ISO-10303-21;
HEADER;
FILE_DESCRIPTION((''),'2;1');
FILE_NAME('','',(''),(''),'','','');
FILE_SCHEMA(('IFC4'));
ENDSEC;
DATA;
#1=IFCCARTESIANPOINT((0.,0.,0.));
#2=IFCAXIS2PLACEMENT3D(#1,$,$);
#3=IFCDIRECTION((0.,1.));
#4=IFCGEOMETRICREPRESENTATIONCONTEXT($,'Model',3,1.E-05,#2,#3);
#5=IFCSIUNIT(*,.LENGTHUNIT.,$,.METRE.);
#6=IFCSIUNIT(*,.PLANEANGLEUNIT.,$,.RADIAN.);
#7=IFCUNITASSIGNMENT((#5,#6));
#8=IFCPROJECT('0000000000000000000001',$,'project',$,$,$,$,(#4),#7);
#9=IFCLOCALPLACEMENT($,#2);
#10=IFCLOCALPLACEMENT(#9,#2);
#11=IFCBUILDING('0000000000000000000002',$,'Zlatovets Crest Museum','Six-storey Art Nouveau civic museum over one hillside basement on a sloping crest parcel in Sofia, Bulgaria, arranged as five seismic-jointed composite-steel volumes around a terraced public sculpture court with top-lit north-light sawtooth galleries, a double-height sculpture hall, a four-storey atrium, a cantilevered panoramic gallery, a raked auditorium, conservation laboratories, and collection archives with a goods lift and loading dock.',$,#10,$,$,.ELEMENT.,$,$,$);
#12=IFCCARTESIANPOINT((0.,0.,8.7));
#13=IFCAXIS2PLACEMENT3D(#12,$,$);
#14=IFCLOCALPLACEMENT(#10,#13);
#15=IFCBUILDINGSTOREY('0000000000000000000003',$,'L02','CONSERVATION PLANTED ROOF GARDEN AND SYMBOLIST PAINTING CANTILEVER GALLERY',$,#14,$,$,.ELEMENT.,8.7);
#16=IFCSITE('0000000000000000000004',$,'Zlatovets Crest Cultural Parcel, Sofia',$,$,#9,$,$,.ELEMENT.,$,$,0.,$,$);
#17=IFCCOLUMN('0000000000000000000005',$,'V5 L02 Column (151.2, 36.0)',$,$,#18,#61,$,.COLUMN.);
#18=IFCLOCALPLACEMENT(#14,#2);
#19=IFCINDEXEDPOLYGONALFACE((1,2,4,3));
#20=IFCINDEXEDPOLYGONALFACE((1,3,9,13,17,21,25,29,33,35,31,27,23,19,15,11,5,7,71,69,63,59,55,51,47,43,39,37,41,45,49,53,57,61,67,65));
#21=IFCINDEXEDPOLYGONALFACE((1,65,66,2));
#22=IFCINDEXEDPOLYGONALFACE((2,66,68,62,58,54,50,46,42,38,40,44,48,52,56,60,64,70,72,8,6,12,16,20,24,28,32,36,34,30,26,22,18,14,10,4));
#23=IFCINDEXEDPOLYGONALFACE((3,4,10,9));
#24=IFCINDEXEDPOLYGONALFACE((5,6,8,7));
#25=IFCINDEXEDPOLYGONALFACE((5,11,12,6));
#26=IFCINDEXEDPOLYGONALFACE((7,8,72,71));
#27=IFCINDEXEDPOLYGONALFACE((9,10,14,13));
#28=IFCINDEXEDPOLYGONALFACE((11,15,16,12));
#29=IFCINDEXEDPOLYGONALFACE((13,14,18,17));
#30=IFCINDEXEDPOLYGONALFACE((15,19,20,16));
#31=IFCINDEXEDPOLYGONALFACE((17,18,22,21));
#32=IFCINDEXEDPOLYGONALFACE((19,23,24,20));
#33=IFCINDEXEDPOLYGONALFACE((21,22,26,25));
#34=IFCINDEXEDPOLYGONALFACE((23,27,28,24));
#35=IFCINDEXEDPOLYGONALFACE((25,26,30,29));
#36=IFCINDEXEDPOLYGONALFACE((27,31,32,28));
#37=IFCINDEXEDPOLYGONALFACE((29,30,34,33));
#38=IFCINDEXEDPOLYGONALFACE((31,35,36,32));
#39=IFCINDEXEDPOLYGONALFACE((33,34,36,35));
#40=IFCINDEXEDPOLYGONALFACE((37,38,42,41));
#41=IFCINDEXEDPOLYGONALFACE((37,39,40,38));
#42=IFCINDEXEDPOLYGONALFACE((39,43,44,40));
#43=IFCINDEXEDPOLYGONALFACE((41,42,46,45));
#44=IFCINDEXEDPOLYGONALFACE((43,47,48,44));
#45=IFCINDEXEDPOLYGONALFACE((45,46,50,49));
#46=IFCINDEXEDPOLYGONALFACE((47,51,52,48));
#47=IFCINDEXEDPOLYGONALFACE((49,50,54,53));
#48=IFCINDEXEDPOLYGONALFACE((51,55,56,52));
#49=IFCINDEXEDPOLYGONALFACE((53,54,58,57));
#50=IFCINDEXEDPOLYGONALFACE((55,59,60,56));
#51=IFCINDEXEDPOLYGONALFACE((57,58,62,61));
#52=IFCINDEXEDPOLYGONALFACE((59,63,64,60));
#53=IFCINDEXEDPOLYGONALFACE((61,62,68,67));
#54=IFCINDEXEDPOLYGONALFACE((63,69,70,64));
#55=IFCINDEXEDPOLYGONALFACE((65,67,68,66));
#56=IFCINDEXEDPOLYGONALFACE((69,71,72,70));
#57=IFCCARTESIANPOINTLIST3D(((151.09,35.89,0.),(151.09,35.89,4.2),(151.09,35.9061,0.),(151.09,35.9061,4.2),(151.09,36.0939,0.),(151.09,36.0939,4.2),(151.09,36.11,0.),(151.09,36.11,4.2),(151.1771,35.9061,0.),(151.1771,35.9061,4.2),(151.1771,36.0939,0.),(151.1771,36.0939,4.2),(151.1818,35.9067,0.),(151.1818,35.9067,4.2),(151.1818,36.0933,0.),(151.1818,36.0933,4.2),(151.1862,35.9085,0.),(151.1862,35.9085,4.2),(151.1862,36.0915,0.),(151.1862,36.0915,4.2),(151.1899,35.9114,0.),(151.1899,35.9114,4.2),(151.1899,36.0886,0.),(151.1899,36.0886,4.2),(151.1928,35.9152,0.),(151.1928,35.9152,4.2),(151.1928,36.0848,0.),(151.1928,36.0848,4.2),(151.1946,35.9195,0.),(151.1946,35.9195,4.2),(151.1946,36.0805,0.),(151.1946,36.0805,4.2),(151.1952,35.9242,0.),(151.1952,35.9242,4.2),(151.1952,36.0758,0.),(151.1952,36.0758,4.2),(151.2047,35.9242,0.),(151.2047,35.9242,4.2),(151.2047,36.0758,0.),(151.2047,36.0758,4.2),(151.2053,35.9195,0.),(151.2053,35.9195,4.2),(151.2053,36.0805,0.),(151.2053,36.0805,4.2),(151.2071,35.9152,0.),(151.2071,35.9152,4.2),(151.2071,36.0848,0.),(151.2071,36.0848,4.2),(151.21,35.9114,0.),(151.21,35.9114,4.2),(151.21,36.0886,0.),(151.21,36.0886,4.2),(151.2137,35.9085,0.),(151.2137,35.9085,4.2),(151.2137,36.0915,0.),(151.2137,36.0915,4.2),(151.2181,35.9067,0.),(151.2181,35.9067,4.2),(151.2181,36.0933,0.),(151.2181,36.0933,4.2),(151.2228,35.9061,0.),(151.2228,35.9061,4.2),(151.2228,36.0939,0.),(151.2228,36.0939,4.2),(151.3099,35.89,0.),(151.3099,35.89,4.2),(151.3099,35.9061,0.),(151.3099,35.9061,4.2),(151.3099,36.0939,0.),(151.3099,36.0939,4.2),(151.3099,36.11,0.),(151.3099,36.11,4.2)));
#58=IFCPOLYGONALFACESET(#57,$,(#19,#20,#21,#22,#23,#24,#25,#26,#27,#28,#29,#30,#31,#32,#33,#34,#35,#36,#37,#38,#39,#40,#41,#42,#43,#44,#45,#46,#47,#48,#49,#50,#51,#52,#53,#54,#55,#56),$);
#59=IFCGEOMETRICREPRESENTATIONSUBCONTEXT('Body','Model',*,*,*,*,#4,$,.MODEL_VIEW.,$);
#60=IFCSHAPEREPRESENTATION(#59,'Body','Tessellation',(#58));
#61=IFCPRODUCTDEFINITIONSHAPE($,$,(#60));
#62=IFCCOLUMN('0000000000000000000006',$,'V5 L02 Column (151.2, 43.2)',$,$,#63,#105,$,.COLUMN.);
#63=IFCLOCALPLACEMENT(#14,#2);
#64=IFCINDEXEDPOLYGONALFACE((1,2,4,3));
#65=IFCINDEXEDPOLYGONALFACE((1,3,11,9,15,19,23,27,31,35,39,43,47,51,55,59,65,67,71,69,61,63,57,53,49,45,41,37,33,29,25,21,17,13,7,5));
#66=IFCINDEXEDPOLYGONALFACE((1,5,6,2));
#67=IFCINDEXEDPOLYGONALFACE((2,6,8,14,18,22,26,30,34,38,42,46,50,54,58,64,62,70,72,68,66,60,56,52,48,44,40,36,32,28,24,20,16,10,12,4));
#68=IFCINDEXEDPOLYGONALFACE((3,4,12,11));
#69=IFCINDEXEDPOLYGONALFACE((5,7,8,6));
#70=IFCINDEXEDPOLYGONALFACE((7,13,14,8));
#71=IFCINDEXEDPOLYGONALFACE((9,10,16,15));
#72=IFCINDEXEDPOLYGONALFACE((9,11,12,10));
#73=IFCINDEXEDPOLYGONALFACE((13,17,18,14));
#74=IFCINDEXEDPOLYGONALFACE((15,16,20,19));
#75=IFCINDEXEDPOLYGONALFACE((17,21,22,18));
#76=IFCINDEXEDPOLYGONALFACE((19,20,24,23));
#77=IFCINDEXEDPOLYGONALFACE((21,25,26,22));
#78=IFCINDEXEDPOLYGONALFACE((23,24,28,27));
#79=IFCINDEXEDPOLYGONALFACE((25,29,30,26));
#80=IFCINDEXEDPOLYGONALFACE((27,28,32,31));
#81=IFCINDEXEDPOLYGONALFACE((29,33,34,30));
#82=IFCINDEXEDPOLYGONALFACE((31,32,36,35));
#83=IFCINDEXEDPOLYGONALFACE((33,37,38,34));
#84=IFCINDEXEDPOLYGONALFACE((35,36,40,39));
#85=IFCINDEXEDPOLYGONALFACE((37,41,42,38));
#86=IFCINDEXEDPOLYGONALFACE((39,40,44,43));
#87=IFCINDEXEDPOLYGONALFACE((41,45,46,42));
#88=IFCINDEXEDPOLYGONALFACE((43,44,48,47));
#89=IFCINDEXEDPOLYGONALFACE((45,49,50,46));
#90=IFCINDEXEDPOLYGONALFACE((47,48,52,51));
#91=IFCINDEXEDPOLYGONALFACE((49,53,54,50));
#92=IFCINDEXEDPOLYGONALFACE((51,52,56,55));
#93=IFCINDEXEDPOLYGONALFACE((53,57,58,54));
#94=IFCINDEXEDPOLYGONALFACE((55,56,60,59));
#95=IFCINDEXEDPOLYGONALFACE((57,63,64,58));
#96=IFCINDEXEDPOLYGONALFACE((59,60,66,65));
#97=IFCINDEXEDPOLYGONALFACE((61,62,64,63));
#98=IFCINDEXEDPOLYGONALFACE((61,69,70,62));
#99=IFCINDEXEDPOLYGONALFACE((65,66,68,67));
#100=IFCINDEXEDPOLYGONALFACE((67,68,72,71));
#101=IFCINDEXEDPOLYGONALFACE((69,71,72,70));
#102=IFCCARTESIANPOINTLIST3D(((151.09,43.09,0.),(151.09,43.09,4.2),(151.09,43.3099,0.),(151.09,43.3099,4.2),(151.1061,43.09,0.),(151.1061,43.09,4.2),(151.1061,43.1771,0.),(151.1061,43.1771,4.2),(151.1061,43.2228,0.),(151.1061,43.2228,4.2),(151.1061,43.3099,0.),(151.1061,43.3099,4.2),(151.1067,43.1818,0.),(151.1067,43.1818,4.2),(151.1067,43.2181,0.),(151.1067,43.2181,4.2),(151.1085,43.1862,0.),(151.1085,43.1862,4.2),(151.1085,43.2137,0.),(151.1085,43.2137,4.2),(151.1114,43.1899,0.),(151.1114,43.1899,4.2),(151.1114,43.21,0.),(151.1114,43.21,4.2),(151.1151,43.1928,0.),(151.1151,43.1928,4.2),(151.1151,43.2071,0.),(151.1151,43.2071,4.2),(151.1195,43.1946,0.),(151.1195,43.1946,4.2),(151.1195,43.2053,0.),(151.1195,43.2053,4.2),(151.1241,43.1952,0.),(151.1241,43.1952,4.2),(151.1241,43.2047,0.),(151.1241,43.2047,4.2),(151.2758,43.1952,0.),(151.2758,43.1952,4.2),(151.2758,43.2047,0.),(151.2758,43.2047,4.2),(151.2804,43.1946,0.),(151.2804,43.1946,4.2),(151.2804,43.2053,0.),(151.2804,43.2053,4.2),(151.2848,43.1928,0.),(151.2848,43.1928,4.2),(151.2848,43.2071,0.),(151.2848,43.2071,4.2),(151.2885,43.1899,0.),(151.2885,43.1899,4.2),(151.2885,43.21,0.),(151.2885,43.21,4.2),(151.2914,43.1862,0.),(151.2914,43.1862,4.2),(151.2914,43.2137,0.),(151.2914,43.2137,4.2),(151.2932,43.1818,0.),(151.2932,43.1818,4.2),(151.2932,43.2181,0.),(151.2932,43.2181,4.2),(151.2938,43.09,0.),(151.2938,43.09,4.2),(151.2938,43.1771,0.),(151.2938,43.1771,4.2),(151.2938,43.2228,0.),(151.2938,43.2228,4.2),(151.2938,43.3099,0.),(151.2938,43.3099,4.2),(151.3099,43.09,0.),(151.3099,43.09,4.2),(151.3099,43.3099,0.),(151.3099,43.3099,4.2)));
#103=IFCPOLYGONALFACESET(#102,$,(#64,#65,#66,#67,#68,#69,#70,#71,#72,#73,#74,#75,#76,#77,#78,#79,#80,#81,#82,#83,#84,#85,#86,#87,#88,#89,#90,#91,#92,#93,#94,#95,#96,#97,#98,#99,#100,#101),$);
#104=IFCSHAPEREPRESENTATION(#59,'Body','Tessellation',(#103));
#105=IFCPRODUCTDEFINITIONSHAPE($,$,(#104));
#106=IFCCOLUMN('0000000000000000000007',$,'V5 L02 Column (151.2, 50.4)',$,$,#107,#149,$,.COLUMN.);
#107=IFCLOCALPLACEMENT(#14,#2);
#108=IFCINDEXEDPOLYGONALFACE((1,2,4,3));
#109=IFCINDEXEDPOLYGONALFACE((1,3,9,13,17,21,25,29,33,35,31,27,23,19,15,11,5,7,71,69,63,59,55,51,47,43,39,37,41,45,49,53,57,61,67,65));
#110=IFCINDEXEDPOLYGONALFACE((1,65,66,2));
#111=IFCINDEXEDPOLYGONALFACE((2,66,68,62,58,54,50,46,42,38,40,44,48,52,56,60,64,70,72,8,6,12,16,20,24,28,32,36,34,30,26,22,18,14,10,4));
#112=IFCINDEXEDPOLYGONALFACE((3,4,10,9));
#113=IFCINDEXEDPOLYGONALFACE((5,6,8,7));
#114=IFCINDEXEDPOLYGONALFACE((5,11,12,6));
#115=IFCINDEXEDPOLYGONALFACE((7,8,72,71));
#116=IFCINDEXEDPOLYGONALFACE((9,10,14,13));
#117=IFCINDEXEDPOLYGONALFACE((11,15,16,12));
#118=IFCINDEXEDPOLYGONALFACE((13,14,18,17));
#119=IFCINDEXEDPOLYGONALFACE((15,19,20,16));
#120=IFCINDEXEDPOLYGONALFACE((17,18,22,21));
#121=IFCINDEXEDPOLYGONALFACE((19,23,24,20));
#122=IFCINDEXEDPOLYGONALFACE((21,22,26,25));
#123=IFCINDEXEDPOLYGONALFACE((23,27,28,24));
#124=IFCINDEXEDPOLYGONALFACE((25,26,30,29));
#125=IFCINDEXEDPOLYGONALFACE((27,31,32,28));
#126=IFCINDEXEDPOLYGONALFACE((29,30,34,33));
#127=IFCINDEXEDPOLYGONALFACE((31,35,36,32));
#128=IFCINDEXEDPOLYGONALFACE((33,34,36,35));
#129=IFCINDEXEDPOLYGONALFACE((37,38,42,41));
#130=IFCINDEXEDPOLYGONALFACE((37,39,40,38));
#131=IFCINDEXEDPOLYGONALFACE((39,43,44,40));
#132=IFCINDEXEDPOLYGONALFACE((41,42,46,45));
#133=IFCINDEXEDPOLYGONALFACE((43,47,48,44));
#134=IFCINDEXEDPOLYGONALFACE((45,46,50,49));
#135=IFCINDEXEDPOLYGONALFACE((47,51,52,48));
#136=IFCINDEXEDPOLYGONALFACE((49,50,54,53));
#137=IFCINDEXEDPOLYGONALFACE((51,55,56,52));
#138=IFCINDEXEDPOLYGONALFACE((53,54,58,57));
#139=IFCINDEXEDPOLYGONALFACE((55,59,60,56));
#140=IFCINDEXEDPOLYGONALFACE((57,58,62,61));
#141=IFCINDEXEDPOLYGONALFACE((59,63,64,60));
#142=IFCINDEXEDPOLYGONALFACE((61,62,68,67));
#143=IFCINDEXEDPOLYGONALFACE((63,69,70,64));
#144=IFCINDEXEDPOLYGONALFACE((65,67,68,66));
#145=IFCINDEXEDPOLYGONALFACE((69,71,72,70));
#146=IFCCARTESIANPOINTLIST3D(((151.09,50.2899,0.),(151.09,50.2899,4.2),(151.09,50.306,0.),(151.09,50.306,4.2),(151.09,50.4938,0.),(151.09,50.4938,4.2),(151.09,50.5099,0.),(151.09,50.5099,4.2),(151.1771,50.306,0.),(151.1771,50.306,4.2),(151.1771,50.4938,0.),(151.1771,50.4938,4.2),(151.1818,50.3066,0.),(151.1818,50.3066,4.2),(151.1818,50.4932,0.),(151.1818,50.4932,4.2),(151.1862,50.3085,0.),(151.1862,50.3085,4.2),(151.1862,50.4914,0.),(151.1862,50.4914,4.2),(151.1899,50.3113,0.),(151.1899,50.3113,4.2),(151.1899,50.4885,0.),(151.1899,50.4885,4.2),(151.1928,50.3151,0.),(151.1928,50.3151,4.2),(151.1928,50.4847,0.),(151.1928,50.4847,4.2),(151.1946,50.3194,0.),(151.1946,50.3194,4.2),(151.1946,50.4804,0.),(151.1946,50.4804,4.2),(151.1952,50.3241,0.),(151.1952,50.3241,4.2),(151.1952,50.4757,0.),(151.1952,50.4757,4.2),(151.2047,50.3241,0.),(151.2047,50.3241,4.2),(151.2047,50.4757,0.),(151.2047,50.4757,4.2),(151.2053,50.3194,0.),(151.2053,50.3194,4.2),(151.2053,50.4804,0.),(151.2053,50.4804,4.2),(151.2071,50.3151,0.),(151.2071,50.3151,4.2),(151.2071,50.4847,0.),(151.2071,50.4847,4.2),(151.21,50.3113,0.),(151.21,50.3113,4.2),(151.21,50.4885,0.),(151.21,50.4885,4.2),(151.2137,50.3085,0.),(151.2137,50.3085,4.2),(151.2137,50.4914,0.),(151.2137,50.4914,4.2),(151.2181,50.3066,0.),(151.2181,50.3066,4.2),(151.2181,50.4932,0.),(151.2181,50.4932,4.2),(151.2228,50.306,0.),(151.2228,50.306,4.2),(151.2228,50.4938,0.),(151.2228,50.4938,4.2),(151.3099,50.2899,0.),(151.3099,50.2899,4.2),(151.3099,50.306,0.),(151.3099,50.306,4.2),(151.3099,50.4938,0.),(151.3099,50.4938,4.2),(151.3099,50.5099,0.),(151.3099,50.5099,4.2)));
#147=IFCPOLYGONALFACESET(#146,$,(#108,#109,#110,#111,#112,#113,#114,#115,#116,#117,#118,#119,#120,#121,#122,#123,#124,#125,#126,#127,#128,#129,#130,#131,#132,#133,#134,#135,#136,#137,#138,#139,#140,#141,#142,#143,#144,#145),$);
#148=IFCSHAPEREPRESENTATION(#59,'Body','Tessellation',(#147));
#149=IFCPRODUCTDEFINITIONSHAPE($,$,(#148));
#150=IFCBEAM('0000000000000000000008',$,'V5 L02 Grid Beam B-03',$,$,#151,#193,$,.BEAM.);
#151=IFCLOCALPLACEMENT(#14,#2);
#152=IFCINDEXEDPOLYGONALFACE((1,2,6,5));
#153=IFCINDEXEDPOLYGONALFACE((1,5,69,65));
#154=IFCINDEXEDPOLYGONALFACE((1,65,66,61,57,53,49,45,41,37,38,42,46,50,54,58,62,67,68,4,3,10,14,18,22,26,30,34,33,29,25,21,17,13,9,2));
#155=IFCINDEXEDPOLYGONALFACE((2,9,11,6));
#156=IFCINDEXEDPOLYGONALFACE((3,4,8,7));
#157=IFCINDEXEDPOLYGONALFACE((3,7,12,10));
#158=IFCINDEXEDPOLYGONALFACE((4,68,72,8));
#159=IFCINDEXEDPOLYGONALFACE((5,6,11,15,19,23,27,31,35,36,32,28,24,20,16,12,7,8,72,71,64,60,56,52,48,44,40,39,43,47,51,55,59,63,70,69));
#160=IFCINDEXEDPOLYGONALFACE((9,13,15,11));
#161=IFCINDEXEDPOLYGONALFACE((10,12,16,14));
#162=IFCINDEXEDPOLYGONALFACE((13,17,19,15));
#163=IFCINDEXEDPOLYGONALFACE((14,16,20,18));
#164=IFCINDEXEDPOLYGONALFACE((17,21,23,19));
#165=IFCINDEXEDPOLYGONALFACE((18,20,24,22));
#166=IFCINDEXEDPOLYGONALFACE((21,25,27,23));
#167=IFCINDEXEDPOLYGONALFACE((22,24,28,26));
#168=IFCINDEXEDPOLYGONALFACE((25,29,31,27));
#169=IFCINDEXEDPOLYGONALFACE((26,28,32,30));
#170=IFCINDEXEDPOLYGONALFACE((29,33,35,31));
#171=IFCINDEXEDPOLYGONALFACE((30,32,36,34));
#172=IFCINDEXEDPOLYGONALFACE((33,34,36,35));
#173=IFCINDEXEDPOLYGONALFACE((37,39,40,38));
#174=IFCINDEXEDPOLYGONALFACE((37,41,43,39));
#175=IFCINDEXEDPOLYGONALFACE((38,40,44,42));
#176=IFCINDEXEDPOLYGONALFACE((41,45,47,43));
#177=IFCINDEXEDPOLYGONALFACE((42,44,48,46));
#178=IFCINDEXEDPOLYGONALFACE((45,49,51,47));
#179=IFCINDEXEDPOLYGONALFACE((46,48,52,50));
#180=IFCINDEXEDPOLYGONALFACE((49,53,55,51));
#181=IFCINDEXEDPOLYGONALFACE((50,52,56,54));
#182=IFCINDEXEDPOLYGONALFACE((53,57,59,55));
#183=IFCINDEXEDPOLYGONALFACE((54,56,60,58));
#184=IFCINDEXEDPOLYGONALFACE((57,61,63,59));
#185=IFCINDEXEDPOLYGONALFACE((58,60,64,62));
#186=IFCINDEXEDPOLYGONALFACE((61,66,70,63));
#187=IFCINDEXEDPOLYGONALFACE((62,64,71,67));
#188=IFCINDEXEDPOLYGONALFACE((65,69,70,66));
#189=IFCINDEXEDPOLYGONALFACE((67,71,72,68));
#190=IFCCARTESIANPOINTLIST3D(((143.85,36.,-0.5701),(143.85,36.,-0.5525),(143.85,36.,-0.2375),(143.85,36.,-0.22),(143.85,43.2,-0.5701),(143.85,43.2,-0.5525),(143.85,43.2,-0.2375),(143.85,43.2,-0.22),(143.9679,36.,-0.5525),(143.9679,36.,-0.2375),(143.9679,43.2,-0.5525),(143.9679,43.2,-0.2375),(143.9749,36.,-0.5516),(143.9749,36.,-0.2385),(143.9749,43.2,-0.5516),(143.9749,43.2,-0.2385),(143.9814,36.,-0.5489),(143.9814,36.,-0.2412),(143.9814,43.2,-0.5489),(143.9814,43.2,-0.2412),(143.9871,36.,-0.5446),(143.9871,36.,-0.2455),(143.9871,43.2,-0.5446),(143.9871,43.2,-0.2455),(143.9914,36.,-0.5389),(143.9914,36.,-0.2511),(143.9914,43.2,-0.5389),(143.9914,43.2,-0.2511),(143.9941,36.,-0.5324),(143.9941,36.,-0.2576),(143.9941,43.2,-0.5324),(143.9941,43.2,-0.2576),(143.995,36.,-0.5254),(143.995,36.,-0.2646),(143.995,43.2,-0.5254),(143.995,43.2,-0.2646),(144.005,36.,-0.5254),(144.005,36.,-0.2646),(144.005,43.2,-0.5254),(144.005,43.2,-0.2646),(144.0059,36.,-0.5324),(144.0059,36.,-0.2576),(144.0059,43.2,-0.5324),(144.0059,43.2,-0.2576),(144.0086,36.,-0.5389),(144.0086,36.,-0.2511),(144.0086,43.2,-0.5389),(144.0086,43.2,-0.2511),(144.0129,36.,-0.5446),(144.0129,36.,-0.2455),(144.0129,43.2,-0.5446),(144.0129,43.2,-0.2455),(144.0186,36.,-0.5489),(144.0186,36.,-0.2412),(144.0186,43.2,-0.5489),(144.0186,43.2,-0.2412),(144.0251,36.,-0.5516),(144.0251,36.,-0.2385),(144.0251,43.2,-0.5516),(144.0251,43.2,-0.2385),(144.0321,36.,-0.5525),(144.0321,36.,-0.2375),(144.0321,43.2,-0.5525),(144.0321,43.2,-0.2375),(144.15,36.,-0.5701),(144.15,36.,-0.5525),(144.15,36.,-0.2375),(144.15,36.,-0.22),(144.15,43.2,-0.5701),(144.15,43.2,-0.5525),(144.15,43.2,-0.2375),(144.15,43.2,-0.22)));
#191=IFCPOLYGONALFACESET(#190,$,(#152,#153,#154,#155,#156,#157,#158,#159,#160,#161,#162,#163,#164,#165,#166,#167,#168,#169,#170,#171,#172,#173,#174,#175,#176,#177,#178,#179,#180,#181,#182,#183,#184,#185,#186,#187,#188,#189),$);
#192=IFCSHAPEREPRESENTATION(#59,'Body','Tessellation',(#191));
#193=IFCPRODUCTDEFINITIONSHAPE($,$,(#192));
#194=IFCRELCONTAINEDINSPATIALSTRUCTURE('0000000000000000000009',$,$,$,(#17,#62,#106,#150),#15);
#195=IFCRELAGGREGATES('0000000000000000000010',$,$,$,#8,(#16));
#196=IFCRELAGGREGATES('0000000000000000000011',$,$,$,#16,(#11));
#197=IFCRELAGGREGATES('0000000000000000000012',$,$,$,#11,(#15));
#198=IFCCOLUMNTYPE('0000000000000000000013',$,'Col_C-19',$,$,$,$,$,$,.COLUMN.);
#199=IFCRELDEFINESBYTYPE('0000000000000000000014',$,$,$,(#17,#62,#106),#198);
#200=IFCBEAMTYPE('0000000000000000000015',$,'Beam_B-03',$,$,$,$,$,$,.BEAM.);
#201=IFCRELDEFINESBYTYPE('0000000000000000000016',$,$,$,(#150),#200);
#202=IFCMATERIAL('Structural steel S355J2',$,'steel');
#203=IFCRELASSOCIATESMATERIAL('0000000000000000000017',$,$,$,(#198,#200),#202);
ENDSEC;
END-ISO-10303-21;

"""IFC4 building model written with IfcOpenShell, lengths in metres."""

from ifc_helpers import new_model, si_unit, direction, frame, origin, origin_2d, place, context, subcontext, project, spatial, i_section, extrude, material, material_profile, profile_set, type_object, element, save


model = new_model("IFC4")

# Units and contexts
model_context = context("Model", 3, precision=1e-05, world=origin(), true_north=direction((0.0, 1.0)))
body_context = subcontext(model_context, "Body", "Model", "MODEL_VIEW")
ifc_project = project(units=[si_unit("LENGTHUNIT", "METRE"), si_unit("PLANEANGLEUNIT", "RADIAN")], contexts=[model_context])

# Site, building, storey
site_placement = place(None, origin())
site = spatial("IfcSite", under=ifc_project, at=site_placement, Name="Zlatovets Crest Cultural Parcel, Sofia", CompositionType="ELEMENT", RefElevation=0.0)
building_placement = place(site_placement, origin())
building = spatial("IfcBuilding", under=site, at=building_placement, Name="Zlatovets Crest Museum", Description="Six-storey Art Nouveau civic museum over one hillside basement on a sloping crest parcel in Sofia, Bulgaria, arranged as five seismic-jointed composite-steel volumes around a terraced public sculpture court with top-lit north-light sawtooth galleries, a double-height sculpture hall, a four-storey atrium, a cantilevered panoramic gallery, a raked auditorium, conservation laboratories, and collection archives with a goods lift and loading dock.", CompositionType="ELEMENT")
storey_placement = place(building_placement, frame((0.0, 0.0, 8.7)))
storey = spatial("IfcBuildingStorey", under=building, at=storey_placement, Name="L02", Description="CONSERVATION PLANTED ROOF GARDEN AND SYMBOLIST PAINTING CANTILEVER GALLERY", CompositionType="ELEMENT", Elevation=8.7)

# Columns
ifc_material_1 = material(Name="Structural steel S355J2", Category="steel")
ifc_material_profile_1 = material_profile(ifc_material_1, i_section(OverallWidth=0.22, OverallDepth=0.22, WebThickness=0.0095, FlangeThickness=0.0161, FilletRadius=0.0181, at=origin_2d()), Name="HEB 220")
ifc_profile_set_1 = profile_set([ifc_material_profile_1], Name="Structural steel S355J2")
column_type = type_object("IfcColumnType", Name="Col_C-19", PredefinedType="COLUMN", material=ifc_profile_set_1)
for number, where, z_axis, x_axis, name in (
    (1, (151.2, 36.0, 0.0), (0.0, 0.0, 1.0), (1.0, 0.0, 0.0), "V5 L02 Column (151.2, 36.0)"),
    (2, (151.2, 43.2, 0.0), (0.0, 0.0, 1.0), (0.0, 1.0, 0.0), "V5 L02 Column (151.2, 43.2)"),
    (3, (151.2, 50.3999, 0.0), (0.0, 0.0, 1.0), (1.0, 0.0, 0.0), "V5 L02 Column (151.2, 50.4)"),
):
    element("IfcColumn", number, at=place(storey_placement, frame(where, z_axis=z_axis, x_axis=x_axis)), inside=storey, type_object=column_type, Name=name, PredefinedType="COLUMN", context=body_context, shape_type="SweptSolid", body=[
        extrude(i_section(OverallWidth=0.22, OverallDepth=0.22, WebThickness=0.0095, FlangeThickness=0.0161, FilletRadius=0.0181, at=origin_2d()), origin(), (0.0, 0.0, 1.0), 4.2),
    ])

# Beam
ifc_material_profile_2 = material_profile(ifc_material_1, i_section(OverallWidth=0.3, OverallDepth=0.3501, WebThickness=0.01, FlangeThickness=0.0176, FilletRadius=0.0271, at=origin_2d()), Name="HEA 360")
ifc_profile_set_2 = profile_set([ifc_material_profile_2], Name="Structural steel S355J2")
beam_type_1 = type_object("IfcBeamType", Name="Beam_B-03", PredefinedType="BEAM", material=ifc_profile_set_2)
for number, where, z_axis, x_axis, name in (
    (4, (144.0, 36.0, -0.395), (0.0, 1.0, 0.0), (-1.0, 0.0, 0.0), "V5 L02 Grid Beam B-03"),
):
    element("IfcBeam", number, at=place(storey_placement, frame(where, z_axis=z_axis, x_axis=x_axis)), inside=storey, type_object=beam_type_1, Name=name, PredefinedType="BEAM", context=body_context, shape_type="SweptSolid", body=[
        extrude(i_section(OverallWidth=0.3, OverallDepth=0.3501, WebThickness=0.01, FlangeThickness=0.0176, FilletRadius=0.0271, at=origin_2d()), origin(), (0.0, 0.0, 1.0), 7.2),
    ])

save(model, "model.ifc")
